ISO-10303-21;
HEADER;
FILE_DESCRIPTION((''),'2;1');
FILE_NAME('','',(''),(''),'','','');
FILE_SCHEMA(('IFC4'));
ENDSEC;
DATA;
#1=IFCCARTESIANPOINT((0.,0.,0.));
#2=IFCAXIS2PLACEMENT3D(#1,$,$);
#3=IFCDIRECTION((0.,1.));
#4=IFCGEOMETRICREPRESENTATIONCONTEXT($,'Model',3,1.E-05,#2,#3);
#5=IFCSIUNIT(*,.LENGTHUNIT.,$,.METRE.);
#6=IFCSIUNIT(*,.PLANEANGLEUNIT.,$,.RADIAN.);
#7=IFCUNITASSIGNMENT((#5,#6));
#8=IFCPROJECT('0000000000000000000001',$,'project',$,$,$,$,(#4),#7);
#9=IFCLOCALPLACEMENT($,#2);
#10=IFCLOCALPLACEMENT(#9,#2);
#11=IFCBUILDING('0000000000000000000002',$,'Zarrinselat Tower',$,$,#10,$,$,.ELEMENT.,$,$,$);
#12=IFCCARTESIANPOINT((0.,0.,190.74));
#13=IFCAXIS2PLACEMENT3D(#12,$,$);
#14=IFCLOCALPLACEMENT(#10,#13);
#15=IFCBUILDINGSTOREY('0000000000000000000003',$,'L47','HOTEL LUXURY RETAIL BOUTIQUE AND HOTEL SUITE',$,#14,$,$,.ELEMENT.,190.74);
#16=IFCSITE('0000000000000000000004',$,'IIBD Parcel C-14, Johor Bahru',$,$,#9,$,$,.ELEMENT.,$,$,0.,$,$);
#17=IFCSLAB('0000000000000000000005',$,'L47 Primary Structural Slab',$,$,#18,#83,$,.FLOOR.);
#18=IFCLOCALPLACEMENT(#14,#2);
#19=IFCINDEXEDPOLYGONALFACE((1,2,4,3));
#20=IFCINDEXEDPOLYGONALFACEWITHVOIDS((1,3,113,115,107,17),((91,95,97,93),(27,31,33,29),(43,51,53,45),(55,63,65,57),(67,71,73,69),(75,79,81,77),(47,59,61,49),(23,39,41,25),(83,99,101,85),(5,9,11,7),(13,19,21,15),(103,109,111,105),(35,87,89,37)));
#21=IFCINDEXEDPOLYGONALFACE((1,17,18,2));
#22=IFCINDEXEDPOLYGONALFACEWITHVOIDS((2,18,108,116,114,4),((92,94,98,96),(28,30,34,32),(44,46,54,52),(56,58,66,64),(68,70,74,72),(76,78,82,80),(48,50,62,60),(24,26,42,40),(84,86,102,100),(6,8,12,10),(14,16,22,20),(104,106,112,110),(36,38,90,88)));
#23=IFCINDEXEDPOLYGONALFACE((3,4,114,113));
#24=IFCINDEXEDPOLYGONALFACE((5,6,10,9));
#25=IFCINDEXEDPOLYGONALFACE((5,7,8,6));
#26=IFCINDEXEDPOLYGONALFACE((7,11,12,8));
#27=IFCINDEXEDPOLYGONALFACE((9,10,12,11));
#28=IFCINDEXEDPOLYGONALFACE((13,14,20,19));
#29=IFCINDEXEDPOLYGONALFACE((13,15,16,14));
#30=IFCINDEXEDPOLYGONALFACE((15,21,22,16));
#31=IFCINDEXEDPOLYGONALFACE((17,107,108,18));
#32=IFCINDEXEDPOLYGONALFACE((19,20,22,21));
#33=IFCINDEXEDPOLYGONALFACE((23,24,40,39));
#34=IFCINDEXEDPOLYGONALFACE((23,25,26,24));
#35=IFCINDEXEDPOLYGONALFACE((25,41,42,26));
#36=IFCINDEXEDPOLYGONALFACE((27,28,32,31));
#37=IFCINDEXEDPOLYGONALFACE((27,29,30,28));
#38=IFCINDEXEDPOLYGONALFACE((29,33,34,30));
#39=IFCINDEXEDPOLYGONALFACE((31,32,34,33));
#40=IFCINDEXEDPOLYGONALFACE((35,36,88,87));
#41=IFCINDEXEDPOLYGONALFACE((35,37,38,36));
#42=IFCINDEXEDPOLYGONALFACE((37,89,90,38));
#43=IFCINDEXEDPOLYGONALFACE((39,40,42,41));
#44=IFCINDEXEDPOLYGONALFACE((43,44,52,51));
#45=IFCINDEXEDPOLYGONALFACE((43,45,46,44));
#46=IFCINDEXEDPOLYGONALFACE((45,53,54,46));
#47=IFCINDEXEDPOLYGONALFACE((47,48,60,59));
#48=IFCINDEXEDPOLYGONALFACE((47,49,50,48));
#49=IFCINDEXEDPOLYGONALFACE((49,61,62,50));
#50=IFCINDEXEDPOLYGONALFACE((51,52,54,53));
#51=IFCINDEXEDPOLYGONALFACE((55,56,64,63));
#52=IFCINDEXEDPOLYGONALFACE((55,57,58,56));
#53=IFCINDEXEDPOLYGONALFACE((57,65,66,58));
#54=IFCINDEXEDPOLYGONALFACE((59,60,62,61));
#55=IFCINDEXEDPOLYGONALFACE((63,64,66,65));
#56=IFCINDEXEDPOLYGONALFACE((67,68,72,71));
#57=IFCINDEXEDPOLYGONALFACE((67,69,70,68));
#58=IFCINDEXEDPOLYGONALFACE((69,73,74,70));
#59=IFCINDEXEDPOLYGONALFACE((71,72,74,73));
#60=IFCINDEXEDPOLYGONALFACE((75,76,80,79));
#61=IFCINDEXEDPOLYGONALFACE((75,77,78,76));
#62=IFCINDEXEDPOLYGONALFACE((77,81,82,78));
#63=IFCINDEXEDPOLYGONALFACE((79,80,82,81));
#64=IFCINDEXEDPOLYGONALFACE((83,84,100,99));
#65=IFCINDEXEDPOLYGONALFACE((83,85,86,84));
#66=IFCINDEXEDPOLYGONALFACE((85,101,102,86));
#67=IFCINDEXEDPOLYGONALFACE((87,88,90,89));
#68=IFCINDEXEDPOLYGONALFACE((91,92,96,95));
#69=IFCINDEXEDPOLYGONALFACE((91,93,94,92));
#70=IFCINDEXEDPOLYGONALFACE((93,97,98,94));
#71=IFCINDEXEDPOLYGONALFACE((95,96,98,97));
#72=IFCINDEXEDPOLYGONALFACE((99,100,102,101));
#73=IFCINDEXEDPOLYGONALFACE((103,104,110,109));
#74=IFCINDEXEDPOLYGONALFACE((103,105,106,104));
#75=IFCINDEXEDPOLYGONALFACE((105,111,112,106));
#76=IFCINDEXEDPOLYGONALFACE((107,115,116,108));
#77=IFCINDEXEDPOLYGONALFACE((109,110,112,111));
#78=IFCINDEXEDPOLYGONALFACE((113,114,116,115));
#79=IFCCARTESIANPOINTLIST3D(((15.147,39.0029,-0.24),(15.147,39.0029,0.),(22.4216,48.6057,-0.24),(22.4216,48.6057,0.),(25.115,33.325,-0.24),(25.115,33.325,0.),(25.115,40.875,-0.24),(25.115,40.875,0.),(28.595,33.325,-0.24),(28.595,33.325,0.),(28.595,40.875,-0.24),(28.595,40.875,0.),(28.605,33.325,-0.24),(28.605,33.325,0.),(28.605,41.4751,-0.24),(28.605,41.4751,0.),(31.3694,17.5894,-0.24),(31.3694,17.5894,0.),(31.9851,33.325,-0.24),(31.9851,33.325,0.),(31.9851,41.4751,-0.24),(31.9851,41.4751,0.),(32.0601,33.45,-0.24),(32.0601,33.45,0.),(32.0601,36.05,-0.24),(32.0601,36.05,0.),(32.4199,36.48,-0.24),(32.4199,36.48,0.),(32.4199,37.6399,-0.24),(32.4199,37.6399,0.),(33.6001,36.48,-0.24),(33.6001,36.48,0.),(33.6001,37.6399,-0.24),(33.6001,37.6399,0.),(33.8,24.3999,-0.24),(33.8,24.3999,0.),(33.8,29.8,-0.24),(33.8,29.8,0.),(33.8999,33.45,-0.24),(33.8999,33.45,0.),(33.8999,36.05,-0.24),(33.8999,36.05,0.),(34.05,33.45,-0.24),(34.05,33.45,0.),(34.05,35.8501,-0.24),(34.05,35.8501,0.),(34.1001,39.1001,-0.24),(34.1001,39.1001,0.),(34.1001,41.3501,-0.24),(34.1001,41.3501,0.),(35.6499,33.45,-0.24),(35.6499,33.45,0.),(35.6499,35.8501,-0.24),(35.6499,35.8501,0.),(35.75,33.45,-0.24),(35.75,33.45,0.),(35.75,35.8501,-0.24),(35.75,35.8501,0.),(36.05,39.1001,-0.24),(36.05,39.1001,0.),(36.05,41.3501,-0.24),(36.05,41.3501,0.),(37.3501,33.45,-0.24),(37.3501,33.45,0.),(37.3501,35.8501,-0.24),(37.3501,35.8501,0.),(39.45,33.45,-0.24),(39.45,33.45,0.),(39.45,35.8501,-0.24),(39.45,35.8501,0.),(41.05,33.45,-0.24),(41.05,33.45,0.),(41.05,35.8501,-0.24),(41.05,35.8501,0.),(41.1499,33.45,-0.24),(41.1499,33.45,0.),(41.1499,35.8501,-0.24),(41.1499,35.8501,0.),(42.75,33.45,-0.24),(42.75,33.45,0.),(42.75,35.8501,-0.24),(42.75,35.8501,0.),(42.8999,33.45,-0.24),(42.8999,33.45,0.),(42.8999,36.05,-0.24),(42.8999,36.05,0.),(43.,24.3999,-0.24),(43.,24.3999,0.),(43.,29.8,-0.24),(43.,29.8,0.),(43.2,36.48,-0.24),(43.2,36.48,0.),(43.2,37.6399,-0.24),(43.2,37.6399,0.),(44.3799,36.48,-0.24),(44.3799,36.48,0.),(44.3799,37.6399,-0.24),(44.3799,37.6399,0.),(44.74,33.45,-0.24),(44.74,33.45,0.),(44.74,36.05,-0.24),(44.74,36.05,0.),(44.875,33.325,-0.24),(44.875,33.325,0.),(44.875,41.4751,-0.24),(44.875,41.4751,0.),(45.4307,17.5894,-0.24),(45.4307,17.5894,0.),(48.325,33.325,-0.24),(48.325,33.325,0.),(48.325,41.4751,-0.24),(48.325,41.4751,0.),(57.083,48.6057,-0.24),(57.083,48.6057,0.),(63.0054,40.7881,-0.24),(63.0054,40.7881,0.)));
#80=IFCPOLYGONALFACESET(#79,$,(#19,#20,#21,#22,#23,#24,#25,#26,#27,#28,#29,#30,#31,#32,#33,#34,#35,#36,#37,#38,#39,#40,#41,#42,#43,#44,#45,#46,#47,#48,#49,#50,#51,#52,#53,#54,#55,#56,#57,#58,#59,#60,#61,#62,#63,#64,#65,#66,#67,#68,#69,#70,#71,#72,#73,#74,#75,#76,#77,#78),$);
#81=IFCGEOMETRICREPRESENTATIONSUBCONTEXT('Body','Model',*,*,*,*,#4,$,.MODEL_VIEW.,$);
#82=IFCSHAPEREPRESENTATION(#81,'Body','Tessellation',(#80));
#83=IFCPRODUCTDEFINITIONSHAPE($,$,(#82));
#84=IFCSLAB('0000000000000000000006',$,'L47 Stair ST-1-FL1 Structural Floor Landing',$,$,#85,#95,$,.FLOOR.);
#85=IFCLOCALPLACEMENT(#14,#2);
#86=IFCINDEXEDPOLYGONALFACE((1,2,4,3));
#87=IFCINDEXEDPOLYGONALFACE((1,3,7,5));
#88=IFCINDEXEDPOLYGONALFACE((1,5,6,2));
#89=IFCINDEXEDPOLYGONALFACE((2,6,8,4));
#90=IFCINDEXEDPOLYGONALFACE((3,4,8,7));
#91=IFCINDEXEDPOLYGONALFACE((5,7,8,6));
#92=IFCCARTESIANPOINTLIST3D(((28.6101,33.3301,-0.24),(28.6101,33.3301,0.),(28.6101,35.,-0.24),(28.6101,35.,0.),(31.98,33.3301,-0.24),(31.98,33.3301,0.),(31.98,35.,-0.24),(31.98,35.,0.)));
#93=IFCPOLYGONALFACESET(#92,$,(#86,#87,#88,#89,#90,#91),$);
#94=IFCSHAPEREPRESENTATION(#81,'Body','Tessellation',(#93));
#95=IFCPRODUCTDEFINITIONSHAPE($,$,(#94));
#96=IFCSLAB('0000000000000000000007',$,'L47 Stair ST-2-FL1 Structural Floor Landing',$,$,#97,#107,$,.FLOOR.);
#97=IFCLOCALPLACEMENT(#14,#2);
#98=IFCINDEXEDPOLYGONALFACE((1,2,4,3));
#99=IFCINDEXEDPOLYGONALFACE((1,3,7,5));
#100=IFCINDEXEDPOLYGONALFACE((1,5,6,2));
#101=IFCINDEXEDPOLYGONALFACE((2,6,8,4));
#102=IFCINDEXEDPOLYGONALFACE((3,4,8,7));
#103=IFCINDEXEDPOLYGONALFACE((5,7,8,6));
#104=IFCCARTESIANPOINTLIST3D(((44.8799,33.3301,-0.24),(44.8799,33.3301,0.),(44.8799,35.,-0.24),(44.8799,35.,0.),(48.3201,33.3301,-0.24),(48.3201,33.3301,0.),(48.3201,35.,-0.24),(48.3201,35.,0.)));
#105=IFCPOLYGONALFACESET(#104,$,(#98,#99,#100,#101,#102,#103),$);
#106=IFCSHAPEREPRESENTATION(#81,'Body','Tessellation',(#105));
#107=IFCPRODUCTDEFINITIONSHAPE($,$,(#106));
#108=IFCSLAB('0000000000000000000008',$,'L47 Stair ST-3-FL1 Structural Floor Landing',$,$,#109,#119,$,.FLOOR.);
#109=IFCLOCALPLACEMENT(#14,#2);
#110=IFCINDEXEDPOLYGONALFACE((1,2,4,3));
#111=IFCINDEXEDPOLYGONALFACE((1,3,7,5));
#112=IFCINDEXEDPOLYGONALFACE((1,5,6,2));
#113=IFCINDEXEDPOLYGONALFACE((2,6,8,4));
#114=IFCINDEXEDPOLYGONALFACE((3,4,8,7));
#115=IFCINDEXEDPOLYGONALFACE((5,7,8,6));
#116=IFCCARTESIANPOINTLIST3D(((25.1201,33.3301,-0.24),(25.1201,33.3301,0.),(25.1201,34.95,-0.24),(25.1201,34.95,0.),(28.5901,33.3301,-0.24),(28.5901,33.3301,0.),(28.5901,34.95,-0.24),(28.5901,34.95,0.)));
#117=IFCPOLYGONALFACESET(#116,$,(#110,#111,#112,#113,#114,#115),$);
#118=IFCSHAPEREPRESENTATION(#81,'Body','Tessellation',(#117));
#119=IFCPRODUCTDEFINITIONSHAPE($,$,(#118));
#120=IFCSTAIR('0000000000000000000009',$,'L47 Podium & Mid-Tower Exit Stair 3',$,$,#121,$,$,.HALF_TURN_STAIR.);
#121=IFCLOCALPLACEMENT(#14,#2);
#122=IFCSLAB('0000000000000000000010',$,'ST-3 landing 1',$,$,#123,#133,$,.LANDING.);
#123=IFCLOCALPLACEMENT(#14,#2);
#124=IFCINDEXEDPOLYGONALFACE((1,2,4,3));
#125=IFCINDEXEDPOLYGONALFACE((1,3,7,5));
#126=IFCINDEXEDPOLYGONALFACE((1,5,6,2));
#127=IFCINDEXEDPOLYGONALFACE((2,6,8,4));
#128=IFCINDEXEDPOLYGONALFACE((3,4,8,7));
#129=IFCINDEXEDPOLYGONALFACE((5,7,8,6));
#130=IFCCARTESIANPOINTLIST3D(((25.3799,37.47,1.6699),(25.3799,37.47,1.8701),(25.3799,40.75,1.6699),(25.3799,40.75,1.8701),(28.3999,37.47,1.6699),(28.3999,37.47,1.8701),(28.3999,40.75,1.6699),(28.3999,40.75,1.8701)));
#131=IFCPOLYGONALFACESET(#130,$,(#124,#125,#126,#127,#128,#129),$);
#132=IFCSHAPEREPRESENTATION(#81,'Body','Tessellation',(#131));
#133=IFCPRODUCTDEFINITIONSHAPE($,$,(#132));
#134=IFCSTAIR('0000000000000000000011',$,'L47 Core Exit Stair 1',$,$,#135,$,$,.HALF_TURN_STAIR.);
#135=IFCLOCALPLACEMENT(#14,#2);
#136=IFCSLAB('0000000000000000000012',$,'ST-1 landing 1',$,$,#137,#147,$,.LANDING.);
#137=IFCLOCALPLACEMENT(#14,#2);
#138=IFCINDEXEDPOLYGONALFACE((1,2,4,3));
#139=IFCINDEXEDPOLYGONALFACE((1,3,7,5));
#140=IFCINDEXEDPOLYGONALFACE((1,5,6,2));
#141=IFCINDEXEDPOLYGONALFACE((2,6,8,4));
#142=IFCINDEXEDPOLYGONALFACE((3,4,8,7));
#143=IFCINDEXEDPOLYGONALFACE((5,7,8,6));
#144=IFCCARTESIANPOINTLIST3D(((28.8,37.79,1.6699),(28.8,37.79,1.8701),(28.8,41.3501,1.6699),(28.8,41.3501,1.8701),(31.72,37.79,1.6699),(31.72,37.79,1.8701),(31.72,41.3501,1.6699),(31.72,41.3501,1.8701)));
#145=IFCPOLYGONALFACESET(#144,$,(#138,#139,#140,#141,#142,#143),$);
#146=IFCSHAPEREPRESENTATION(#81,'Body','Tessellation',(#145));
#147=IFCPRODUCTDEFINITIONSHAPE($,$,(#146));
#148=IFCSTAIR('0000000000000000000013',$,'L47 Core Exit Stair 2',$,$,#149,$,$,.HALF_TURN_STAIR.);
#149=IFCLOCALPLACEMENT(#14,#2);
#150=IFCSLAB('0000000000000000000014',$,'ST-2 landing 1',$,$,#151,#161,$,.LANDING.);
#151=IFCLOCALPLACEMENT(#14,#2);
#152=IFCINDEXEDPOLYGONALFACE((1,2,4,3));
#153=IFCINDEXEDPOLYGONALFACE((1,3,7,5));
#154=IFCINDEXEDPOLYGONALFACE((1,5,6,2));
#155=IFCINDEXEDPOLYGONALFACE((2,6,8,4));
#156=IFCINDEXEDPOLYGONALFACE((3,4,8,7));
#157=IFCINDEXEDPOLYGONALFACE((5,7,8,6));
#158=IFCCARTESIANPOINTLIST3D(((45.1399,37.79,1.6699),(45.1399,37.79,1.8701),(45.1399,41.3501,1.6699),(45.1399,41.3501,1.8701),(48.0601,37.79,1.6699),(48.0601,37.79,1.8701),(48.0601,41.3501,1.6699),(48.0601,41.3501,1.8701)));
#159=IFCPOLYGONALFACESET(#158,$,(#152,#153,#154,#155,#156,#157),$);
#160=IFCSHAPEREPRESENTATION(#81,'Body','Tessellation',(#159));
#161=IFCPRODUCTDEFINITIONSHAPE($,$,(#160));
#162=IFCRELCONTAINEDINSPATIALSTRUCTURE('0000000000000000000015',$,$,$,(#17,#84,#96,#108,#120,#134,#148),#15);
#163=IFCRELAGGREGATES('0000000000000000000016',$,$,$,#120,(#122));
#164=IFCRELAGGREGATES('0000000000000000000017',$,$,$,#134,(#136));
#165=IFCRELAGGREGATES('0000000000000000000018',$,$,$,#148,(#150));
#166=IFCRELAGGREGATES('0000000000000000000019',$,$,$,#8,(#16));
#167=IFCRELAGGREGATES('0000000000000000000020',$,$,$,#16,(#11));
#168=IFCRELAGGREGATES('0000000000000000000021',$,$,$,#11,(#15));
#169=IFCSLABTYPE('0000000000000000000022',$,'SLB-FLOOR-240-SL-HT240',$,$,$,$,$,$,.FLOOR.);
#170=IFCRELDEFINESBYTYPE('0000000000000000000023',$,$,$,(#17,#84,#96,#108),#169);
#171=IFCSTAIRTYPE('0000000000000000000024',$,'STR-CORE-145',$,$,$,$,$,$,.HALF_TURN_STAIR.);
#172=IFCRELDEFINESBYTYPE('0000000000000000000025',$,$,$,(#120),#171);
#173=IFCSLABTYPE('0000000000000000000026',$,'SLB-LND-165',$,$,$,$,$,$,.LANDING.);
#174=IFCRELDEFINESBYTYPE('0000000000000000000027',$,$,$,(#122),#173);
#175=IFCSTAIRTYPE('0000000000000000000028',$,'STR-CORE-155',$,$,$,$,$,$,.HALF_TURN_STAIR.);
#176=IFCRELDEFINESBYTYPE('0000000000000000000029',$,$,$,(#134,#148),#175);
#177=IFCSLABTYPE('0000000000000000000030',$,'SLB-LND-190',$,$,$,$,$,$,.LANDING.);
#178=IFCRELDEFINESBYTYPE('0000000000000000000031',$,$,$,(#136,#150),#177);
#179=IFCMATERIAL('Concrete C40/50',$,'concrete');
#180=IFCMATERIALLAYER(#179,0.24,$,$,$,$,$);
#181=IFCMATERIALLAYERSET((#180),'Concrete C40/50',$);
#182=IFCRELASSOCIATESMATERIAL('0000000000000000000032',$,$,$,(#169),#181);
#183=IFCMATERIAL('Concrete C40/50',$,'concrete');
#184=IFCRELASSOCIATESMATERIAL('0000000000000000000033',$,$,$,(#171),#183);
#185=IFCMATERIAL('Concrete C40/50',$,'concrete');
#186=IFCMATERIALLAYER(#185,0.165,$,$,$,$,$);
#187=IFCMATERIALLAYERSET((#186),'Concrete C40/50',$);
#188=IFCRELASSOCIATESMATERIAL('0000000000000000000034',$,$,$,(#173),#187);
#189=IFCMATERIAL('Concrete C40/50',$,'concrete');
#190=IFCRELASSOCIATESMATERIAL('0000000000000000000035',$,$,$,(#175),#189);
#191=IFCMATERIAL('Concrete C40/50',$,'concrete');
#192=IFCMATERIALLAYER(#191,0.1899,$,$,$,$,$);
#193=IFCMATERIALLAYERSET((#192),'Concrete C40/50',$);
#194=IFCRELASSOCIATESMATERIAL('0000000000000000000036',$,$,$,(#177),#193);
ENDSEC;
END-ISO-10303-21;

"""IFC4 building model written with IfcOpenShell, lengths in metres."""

from ifc_helpers import new_model, si_unit, direction, frame, origin, place, context, subcontext, project, spatial, polyline, outline, extrude, material, layer, layer_set, type_object, element, aggregate, save


model = new_model("IFC4")

# Units and contexts
model_context = context("Model", 3, precision=1e-05, world=origin(), true_north=direction((0.0, 1.0)))
body_context = subcontext(model_context, "Body", "Model", "MODEL_VIEW")
ifc_project = project(units=[si_unit("LENGTHUNIT", "METRE"), si_unit("PLANEANGLEUNIT", "RADIAN")], contexts=[model_context])

# Site, building, storey
site_placement = place(None, origin())
site = spatial("IfcSite", under=ifc_project, at=site_placement, Name="IIBD Parcel C-14, Johor Bahru", CompositionType="ELEMENT", RefElevation=0.0)
building_placement = place(site_placement, origin())
building = spatial("IfcBuilding", under=site, at=building_placement, Name="Zarrinselat Tower", CompositionType="ELEMENT")
storey_placement = place(building_placement, frame((0.0, 0.0, 190.74)))
storey = spatial("IfcBuildingStorey", under=building, at=storey_placement, Name="L47", Description="HOTEL LUXURY RETAIL BOUTIQUE AND HOTEL SUITE", CompositionType="ELEMENT", Elevation=190.74)

# Slabs
ifc_material_1 = material(Name="Concrete C40/50", Category="concrete")
ifc_layer_1 = layer(ifc_material_1, 0.24)
ifc_layer_set_1 = layer_set([ifc_layer_1], Name="Concrete C40/50")
slab_type_1 = type_object("IfcSlabType", Name="SLB-FLOOR-240-SL-HT240", PredefinedType="FLOOR", material=ifc_layer_set_1)
slab_1_placement = place(storey_placement, frame((0.0, 0.0, -0.24)))
element("IfcSlab", 1, at=slab_1_placement, inside=storey, type_object=slab_type_1, Name="L47 Primary Structural Slab", PredefinedType="FLOOR", context=body_context, shape_type="SweptSolid", body=[
    extrude(outline(polyline([(57.083, 48.6057), (22.4216, 48.6057), (15.147, 39.0029), (31.3694, 17.5894), (45.4307, 17.5894), (63.0054, 40.7881), (57.083, 48.6057)]), holes=[polyline([(35.6499, 33.45), (34.05, 33.45), (34.05, 35.8501), (35.6499, 35.8501), (35.6499, 33.45)]), polyline([(35.75, 33.45), (35.75, 35.8501), (37.3501, 35.8501), (37.3501, 33.45), (35.75, 33.45)]), polyline([(32.0601, 33.45), (32.0601, 36.05), (33.8999, 36.05), (33.8999, 33.45), (32.0601, 33.45)]), polyline([(33.6001, 36.48), (32.4199, 36.48), (32.4199, 37.6399), (33.6001, 37.6399), (33.6001, 36.48)]), polyline([(28.595, 33.325), (25.115, 33.325), (25.115, 40.875), (28.595, 40.875), (28.595, 33.325)]), polyline([(31.9851, 33.325), (28.605, 33.325), (28.605, 41.4751), (31.9851, 41.4751), (31.9851, 33.325)]), polyline([(36.05, 39.1001), (34.1001, 39.1001), (34.1001, 41.3501), (36.05, 41.3501), (36.05, 39.1001)]), polyline([(33.8, 24.3999), (33.8, 29.8), (43.0, 29.8), (43.0, 24.3999), (33.8, 24.3999)]), polyline([(39.45, 33.45), (39.45, 35.8501), (41.05, 35.8501), (41.05, 33.45), (39.45, 33.45)]), polyline([(41.1499, 33.45), (41.1499, 35.8501), (42.75, 35.8501), (42.75, 33.45), (41.1499, 33.45)]), polyline([(42.8999, 33.45), (42.8999, 36.05), (44.74, 36.05), (44.74, 33.45), (42.8999, 33.45)]), polyline([(43.2, 36.48), (43.2, 37.6399), (44.3799, 37.6399), (44.3799, 36.48), (43.2, 36.48)]), polyline([(48.325, 33.325), (44.875, 33.325), (44.875, 41.4751), (48.325, 41.4751), (48.325, 33.325)])]), origin(), (0.0, 0.0, 1.0), 0.24),
])
slab_2_placement = place(storey_placement, frame((0.0, 0.0, -0.24)))
element("IfcSlab", 2, at=slab_2_placement, inside=storey, type_object=slab_type_1, Name="L47 Stair ST-1-FL1 Structural Floor Landing", PredefinedType="FLOOR", context=body_context, shape_type="SweptSolid", body=[
    extrude(outline(polyline([(31.98, 33.3301), (31.98, 35.0), (28.6101, 35.0), (28.6101, 33.3301), (31.98, 33.3301)])), origin(), (0.0, 0.0, 1.0), 0.24),
])
slab_3_placement = place(storey_placement, frame((0.0, 0.0, -0.24)))
element("IfcSlab", 3, at=slab_3_placement, inside=storey, type_object=slab_type_1, Name="L47 Stair ST-2-FL1 Structural Floor Landing", PredefinedType="FLOOR", context=body_context, shape_type="SweptSolid", body=[
    extrude(outline(polyline([(48.3201, 33.3301), (48.3201, 35.0), (44.8799, 35.0), (44.8799, 33.3301), (48.3201, 33.3301)])), origin(), (0.0, 0.0, 1.0), 0.24),
])
slab_4_placement = place(storey_placement, frame((0.0, 0.0, -0.24)))
element("IfcSlab", 4, at=slab_4_placement, inside=storey, type_object=slab_type_1, Name="L47 Stair ST-3-FL1 Structural Floor Landing", PredefinedType="FLOOR", context=body_context, shape_type="SweptSolid", body=[
    extrude(outline(polyline([(28.5901, 33.3301), (28.5901, 34.95), (25.1201, 34.95), (25.1201, 33.3301), (28.5901, 33.3301)])), origin(), (0.0, 0.0, 1.0), 0.24),
])

# Stairs, slabs
ifc_material_2 = material(Name="Concrete C40/50", Category="concrete")
stair_type_1 = type_object("IfcStairType", Name="STR-CORE-145", PredefinedType="HALF_TURN_STAIR", material=ifc_material_2)
stair_1_placement = place(storey_placement, origin())
stair_1 = element("IfcStair", 5, at=stair_1_placement, inside=storey, type_object=stair_type_1, Name="L47 Podium & Mid-Tower Exit Stair 3", PredefinedType="HALF_TURN_STAIR")
ifc_material_3 = material(Name="Concrete C40/50", Category="concrete")
ifc_layer_2 = layer(ifc_material_3, 0.165)
ifc_layer_set_2 = layer_set([ifc_layer_2], Name="Concrete C40/50")
slab_type_2 = type_object("IfcSlabType", Name="SLB-LND-165", PredefinedType="LANDING", material=ifc_layer_set_2)
slab_5_placement = place(storey_placement, frame((0.0, 0.0, 1.6699)))
slab_5 = element("IfcSlab", 6, at=slab_5_placement, type_object=slab_type_2, Name="ST-3 landing 1", PredefinedType="LANDING", context=body_context, shape_type="SweptSolid", body=[
    extrude(outline(polyline([(28.3999, 37.47), (28.3999, 40.75), (25.3799, 40.75), (25.3799, 37.47), (28.3999, 37.47)])), origin(), (0.0, 0.0, 1.0), 0.2002),
])
aggregate(stair_1, [slab_5])
ifc_material_4 = material(Name="Concrete C40/50", Category="concrete")
stair_type_2 = type_object("IfcStairType", Name="STR-CORE-155", PredefinedType="HALF_TURN_STAIR", material=ifc_material_4)
stair_2_placement = place(storey_placement, origin())
stair_2 = element("IfcStair", 7, at=stair_2_placement, inside=storey, type_object=stair_type_2, Name="L47 Core Exit Stair 1", PredefinedType="HALF_TURN_STAIR")
ifc_material_5 = material(Name="Concrete C40/50", Category="concrete")
ifc_layer_3 = layer(ifc_material_5, 0.1899)
ifc_layer_set_3 = layer_set([ifc_layer_3], Name="Concrete C40/50")
slab_type_3 = type_object("IfcSlabType", Name="SLB-LND-190", PredefinedType="LANDING", material=ifc_layer_set_3)
slab_6_placement = place(storey_placement, frame((0.0, 0.0, 1.6699)))
slab_6 = element("IfcSlab", 8, at=slab_6_placement, type_object=slab_type_3, Name="ST-1 landing 1", PredefinedType="LANDING", context=body_context, shape_type="SweptSolid", body=[
    extrude(outline(polyline([(31.72, 37.79), (31.72, 41.3501), (28.8, 41.3501), (28.8, 37.79), (31.72, 37.79)])), origin(), (0.0, 0.0, 1.0), 0.2002),
])
aggregate(stair_2, [slab_6])
stair_3_placement = place(storey_placement, origin())
stair_3 = element("IfcStair", 9, at=stair_3_placement, inside=storey, type_object=stair_type_2, Name="L47 Core Exit Stair 2", PredefinedType="HALF_TURN_STAIR")
slab_7_placement = place(storey_placement, frame((0.0, 0.0, 1.6699)))
slab_7 = element("IfcSlab", 10, at=slab_7_placement, type_object=slab_type_3, Name="ST-2 landing 1", PredefinedType="LANDING", context=body_context, shape_type="SweptSolid", body=[
    extrude(outline(polyline([(48.0601, 37.79), (48.0601, 41.3501), (45.1399, 41.3501), (45.1399, 37.79), (48.0601, 37.79)])), origin(), (0.0, 0.0, 1.0), 0.2002),
])
aggregate(stair_3, [slab_7])

save(model, "model.ifc")
